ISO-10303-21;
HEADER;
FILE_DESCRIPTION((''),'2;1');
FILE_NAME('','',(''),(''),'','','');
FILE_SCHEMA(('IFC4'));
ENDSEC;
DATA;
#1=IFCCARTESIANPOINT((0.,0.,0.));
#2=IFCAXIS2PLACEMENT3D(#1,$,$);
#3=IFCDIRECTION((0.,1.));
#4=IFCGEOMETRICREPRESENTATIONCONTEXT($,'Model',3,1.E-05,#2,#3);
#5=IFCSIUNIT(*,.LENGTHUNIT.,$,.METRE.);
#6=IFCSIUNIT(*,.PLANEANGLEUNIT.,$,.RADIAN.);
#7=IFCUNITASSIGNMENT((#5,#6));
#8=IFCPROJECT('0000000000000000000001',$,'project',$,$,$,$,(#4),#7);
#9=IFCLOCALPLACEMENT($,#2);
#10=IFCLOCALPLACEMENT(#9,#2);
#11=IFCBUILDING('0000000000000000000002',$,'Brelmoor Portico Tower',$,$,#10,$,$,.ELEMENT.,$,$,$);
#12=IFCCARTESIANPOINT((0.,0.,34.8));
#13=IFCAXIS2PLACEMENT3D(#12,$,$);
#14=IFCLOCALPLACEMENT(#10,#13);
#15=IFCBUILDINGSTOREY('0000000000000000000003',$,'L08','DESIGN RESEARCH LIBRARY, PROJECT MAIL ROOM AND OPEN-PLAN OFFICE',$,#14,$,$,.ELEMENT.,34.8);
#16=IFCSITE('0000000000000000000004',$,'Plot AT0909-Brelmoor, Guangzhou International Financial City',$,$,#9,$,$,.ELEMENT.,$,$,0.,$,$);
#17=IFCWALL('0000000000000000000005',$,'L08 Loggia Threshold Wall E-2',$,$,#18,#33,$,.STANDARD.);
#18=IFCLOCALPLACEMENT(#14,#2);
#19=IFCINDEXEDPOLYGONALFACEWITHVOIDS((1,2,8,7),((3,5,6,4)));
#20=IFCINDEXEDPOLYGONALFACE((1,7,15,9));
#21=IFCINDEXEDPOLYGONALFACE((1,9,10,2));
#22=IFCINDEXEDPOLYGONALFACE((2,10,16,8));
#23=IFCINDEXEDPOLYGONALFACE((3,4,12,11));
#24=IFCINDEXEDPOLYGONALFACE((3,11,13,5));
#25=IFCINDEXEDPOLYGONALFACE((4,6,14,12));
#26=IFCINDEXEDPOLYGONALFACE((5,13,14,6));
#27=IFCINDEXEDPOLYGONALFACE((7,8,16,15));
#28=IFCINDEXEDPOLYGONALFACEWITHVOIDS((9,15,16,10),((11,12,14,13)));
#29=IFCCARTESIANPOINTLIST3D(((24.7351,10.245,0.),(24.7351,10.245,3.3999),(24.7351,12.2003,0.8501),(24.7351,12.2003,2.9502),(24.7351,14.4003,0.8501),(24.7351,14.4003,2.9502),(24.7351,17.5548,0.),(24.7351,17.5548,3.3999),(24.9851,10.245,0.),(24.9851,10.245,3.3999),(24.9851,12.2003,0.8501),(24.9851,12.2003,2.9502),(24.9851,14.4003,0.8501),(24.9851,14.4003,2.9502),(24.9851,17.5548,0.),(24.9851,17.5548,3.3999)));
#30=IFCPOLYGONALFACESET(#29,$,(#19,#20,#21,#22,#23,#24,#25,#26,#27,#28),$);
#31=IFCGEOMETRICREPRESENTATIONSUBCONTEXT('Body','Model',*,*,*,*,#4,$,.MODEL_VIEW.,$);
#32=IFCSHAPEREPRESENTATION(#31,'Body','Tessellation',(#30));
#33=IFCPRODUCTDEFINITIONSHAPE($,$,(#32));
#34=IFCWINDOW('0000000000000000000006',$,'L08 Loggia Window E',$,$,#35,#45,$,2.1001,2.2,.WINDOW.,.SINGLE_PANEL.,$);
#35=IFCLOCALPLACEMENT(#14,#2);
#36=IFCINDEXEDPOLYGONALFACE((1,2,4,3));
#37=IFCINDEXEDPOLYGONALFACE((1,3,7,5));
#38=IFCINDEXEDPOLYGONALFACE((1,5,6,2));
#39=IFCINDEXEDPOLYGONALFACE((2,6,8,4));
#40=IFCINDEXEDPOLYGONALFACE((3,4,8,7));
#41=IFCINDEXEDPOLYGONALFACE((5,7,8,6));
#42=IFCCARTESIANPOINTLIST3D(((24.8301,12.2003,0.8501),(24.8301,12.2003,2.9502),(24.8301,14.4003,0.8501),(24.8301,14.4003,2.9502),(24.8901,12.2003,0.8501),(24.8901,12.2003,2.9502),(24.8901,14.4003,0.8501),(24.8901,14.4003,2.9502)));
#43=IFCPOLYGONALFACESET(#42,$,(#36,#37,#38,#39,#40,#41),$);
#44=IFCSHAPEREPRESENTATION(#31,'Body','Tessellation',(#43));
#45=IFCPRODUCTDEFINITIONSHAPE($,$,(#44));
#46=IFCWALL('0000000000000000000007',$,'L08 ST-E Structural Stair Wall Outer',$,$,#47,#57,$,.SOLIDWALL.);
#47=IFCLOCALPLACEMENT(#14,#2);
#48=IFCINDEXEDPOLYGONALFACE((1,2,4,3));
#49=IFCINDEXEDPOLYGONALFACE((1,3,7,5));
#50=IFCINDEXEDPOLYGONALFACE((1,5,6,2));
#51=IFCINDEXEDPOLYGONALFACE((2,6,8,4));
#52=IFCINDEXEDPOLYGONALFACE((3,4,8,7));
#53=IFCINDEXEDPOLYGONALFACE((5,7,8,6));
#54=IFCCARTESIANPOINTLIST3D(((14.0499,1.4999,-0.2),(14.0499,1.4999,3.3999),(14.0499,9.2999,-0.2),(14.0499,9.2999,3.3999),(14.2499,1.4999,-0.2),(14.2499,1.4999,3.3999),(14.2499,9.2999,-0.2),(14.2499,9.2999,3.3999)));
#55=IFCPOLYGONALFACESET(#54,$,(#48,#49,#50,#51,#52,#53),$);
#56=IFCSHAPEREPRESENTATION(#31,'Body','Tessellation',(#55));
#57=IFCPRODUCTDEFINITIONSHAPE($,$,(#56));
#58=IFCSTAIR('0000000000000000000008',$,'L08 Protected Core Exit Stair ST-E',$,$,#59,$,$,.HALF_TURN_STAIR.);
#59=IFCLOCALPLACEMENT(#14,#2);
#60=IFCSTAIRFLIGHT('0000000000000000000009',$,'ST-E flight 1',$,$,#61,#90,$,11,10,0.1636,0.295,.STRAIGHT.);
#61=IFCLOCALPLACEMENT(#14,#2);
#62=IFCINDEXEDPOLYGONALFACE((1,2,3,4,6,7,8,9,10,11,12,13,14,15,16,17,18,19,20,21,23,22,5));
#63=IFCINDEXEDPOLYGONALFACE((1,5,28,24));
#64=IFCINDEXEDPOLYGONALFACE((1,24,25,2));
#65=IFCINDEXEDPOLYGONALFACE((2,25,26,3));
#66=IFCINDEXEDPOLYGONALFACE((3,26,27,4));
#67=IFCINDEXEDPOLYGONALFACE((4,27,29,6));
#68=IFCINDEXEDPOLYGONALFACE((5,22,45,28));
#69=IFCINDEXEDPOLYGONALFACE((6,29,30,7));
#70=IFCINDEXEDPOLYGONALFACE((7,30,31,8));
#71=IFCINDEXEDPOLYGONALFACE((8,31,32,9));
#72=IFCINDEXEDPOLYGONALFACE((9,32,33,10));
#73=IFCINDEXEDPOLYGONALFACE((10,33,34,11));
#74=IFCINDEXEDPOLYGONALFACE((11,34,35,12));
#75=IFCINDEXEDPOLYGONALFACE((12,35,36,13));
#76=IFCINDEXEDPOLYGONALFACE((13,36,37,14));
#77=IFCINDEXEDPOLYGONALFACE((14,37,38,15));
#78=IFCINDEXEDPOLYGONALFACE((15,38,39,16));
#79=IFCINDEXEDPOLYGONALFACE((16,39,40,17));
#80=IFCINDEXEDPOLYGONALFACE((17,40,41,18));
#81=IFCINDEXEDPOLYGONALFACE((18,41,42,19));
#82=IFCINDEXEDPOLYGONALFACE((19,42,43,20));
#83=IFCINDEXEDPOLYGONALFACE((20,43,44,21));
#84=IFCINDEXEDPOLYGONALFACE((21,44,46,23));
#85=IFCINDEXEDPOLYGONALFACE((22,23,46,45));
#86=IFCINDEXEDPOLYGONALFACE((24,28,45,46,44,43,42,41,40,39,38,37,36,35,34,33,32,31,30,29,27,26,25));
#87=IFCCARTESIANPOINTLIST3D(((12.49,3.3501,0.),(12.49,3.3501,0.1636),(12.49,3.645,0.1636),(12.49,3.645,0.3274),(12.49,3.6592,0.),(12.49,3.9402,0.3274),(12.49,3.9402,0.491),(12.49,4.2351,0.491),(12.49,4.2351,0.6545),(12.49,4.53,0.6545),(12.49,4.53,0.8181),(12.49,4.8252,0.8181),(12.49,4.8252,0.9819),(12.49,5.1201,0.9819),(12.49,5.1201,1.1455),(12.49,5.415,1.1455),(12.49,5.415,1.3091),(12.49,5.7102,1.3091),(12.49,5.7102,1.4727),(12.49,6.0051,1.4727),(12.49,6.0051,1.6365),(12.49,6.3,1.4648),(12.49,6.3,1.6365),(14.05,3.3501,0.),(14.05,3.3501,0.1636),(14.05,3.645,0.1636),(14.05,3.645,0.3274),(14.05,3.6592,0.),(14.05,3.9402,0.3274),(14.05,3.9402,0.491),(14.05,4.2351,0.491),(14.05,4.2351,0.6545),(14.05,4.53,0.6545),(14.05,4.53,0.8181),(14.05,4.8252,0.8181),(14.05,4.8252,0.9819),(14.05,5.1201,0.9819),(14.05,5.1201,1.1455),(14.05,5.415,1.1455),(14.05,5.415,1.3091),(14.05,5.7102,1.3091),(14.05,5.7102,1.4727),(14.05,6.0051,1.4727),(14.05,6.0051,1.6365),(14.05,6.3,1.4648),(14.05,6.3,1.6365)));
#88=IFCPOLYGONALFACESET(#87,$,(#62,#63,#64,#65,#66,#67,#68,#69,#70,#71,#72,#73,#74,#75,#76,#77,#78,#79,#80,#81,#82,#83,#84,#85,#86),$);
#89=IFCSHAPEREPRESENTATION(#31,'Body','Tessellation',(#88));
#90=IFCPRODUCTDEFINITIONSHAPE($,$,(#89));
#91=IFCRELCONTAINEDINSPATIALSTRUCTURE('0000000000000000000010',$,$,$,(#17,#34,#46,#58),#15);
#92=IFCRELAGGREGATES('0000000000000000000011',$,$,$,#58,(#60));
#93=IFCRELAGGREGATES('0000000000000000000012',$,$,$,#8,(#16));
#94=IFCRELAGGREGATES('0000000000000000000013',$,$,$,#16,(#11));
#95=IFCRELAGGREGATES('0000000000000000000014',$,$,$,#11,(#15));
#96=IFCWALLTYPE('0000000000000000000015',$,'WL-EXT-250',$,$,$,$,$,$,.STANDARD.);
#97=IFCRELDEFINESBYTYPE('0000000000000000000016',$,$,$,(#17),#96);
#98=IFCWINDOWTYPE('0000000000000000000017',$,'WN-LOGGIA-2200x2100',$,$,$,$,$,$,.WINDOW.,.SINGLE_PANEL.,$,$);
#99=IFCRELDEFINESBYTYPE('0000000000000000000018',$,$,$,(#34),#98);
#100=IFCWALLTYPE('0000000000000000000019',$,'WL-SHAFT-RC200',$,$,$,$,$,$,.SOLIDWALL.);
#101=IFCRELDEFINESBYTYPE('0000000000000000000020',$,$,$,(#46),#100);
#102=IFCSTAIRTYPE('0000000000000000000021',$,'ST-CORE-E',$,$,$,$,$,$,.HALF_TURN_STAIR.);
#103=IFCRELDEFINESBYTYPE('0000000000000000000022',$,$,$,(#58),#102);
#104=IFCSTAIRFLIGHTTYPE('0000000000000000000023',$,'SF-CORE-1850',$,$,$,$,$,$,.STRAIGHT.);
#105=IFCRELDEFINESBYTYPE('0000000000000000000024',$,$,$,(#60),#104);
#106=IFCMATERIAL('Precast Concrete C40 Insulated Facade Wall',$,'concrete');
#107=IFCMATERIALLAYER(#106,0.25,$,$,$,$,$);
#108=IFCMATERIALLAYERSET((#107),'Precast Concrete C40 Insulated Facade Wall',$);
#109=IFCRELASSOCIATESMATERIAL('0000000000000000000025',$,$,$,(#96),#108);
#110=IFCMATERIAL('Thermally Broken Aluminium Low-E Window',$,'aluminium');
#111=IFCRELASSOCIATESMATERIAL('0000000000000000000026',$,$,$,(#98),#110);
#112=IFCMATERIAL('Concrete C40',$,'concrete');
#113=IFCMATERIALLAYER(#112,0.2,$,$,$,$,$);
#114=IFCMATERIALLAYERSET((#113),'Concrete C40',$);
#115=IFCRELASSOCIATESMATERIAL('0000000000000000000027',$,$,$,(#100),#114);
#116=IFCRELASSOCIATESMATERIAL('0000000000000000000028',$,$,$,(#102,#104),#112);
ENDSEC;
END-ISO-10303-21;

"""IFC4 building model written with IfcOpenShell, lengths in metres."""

from ifc_helpers import new_model, si_unit, direction, frame, frame_2d, origin, place, context, subcontext, project, spatial, polyline, rectangle, outline, extrude, material, layer, layer_set, type_object, element, fill, aggregate, save


model = new_model("IFC4")

# Units and contexts
model_context = context("Model", 3, precision=1e-05, world=origin(), true_north=direction((0.0, 1.0)))
body_context = subcontext(model_context, "Body", "Model", "MODEL_VIEW")
ifc_project = project(units=[si_unit("LENGTHUNIT", "METRE"), si_unit("PLANEANGLEUNIT", "RADIAN")], contexts=[model_context])

# Site, building, storey
site_placement = place(None, origin())
site = spatial("IfcSite", under=ifc_project, at=site_placement, Name="Plot AT0909-Brelmoor, Guangzhou International Financial City", CompositionType="ELEMENT", RefElevation=0.0)
building_placement = place(site_placement, origin())
building = spatial("IfcBuilding", under=site, at=building_placement, Name="Brelmoor Portico Tower", CompositionType="ELEMENT")
storey_placement = place(building_placement, frame((0.0, 0.0, 34.8)))
storey = spatial("IfcBuildingStorey", under=building, at=storey_placement, Name="L08", Description="DESIGN RESEARCH LIBRARY, PROJECT MAIL ROOM AND OPEN-PLAN OFFICE", CompositionType="ELEMENT", Elevation=34.8)

# Shared definitions
ifc_material_1 = material(Name="Precast Concrete C40 Insulated Facade Wall", Category="concrete")
ifc_layer_1 = layer(ifc_material_1, 0.25)
ifc_layer_set_1 = layer_set([ifc_layer_1], Name="Precast Concrete C40 Insulated Facade Wall")
wall_type_1 = type_object("IfcWallType", Name="WL-EXT-250", PredefinedType="STANDARD", material=ifc_layer_set_1)

# Wall, opening, window
wall_1_placement = place(storey_placement, frame((24.8601, 10.2451, 0.0), z_axis=(0.0, 0.0, 1.0), x_axis=(0.0, 1.0, 0.0)))
wall_1 = element("IfcWall", 1, at=wall_1_placement, inside=storey, type_object=wall_type_1, Name="L08 Loggia Threshold Wall E-2", PredefinedType="STANDARD", context=body_context, shape_type="SweptSolid", body=[
    extrude(rectangle(XDim=7.3098, YDim=0.25, at=frame_2d((3.6548, 0.0))), origin(), (0.0, 0.0, 1.0), 3.3999),
])
opening_1_placement = place(wall_1_placement, frame((1.9551, 0.0, 0.8501)))
opening_1 = element("IfcOpeningElement", 2, at=opening_1_placement, cuts=wall_1, PredefinedType="OPENING", context=body_context, shape_type="SweptSolid", body=[
    extrude(rectangle(XDim=2.2, YDim=2.1001, at=frame_2d((1.1001, 1.05))), frame((0.0, 0.135, 0.0), z_axis=(0.0, -1.0, 0.0), x_axis=(1.0, 0.0, 0.0)), (0.0, 0.0, 1.0), 0.27),
])
ifc_material_2 = material(Name="Thermally Broken Aluminium Low-E Window", Category="aluminium")
window_type = type_object("IfcWindowType", Name="WN-LOGGIA-2200x2100", PartitioningType="SINGLE_PANEL", PredefinedType="WINDOW", material=ifc_material_2)
window_placement = place(opening_1_placement, origin())
window = element("IfcWindow", 3, at=window_placement, inside=storey, type_object=window_type, Name="L08 Loggia Window E", OverallHeight=2.1001, OverallWidth=2.2, PartitioningType="SINGLE_PANEL", PredefinedType="WINDOW", context=body_context, shape_type="SweptSolid", body=[
    extrude(rectangle(XDim=2.2, YDim=2.1001, at=frame_2d((1.1001, 1.05))), frame((0.0, 0.03, 0.0), z_axis=(0.0, -1.0, 0.0), x_axis=(1.0, 0.0, 0.0)), (0.0, 0.0, 1.0), 0.0601),
])
fill(opening_1, window)

# Wall
ifc_material_3 = material(Name="Concrete C40", Category="concrete")
ifc_layer_2 = layer(ifc_material_3, 0.2)
ifc_layer_set_2 = layer_set([ifc_layer_2], Name="Concrete C40")
wall_type_2 = type_object("IfcWallType", Name="WL-SHAFT-RC200", PredefinedType="SOLIDWALL", material=ifc_layer_set_2)
wall_2_placement = place(storey_placement, frame((14.1499, 1.5, -0.2), z_axis=(0.0, 0.0, 1.0), x_axis=(0.0, 1.0, 0.0)))
element("IfcWall", 4, at=wall_2_placement, inside=storey, type_object=wall_type_2, Name="L08 ST-E Structural Stair Wall Outer", PredefinedType="SOLIDWALL", context=body_context, shape_type="SweptSolid", body=[
    extrude(rectangle(XDim=7.8, YDim=0.2, at=frame_2d((3.8999, 0.0))), origin(), (0.0, 0.0, 1.0), 3.5999),
])

# Stair, stair flight
stair_type = type_object("IfcStairType", Name="ST-CORE-E", PredefinedType="HALF_TURN_STAIR", material=ifc_material_3)
stair_placement = place(storey_placement, origin())
stair = element("IfcStair", 5, at=stair_placement, inside=storey, type_object=stair_type, Name="L08 Protected Core Exit Stair ST-E", PredefinedType="HALF_TURN_STAIR")
stair_flight_type = type_object("IfcStairFlightType", Name="SF-CORE-1850", PredefinedType="STRAIGHT", material=ifc_material_3)
stair_flight_placement = place(storey_placement, frame((13.27, 3.3501, 0.0), z_axis=(0.0, 0.0, 1.0), x_axis=(0.0, 1.0, 0.0)))
stair_flight = element("IfcStairFlight", 6, at=stair_flight_placement, type_object=stair_flight_type, Name="ST-E flight 1", NumberOfRisers=11, NumberOfTreads=10, PredefinedType="STRAIGHT", RiserHeight=0.1636, TreadLength=0.295, context=body_context, shape_type="SweptSolid", body=[
    extrude(outline(polyline([(0.0, 0.0), (0.0, 0.1636), (0.2949, 0.1636), (0.2949, 0.3274), (0.5901, 0.3274), (0.5901, 0.491), (0.885, 0.491), (0.885, 0.6545), (1.1799, 0.6545), (1.1799, 0.8181), (1.4751, 0.8181), (1.4751, 0.9819), (1.77, 0.9819), (1.77, 1.1455), (2.0649, 1.1455), (2.0649, 1.3091), (2.3601, 1.3091), (2.3601, 1.4727), (2.655, 1.4727), (2.655, 1.6365), (2.95, 1.6365), (2.95, 1.8), (2.95, 1.4648), (0.3091, 0.0), (0.0, 0.0)])), frame((0.0, 0.78, 0.0), z_axis=(0.0, -1.0, 0.0), x_axis=(1.0, 0.0, 0.0)), (0.0, 0.0, 1.0), 1.5601),
])
aggregate(stair, [stair_flight])

save(model, "model.ifc")
